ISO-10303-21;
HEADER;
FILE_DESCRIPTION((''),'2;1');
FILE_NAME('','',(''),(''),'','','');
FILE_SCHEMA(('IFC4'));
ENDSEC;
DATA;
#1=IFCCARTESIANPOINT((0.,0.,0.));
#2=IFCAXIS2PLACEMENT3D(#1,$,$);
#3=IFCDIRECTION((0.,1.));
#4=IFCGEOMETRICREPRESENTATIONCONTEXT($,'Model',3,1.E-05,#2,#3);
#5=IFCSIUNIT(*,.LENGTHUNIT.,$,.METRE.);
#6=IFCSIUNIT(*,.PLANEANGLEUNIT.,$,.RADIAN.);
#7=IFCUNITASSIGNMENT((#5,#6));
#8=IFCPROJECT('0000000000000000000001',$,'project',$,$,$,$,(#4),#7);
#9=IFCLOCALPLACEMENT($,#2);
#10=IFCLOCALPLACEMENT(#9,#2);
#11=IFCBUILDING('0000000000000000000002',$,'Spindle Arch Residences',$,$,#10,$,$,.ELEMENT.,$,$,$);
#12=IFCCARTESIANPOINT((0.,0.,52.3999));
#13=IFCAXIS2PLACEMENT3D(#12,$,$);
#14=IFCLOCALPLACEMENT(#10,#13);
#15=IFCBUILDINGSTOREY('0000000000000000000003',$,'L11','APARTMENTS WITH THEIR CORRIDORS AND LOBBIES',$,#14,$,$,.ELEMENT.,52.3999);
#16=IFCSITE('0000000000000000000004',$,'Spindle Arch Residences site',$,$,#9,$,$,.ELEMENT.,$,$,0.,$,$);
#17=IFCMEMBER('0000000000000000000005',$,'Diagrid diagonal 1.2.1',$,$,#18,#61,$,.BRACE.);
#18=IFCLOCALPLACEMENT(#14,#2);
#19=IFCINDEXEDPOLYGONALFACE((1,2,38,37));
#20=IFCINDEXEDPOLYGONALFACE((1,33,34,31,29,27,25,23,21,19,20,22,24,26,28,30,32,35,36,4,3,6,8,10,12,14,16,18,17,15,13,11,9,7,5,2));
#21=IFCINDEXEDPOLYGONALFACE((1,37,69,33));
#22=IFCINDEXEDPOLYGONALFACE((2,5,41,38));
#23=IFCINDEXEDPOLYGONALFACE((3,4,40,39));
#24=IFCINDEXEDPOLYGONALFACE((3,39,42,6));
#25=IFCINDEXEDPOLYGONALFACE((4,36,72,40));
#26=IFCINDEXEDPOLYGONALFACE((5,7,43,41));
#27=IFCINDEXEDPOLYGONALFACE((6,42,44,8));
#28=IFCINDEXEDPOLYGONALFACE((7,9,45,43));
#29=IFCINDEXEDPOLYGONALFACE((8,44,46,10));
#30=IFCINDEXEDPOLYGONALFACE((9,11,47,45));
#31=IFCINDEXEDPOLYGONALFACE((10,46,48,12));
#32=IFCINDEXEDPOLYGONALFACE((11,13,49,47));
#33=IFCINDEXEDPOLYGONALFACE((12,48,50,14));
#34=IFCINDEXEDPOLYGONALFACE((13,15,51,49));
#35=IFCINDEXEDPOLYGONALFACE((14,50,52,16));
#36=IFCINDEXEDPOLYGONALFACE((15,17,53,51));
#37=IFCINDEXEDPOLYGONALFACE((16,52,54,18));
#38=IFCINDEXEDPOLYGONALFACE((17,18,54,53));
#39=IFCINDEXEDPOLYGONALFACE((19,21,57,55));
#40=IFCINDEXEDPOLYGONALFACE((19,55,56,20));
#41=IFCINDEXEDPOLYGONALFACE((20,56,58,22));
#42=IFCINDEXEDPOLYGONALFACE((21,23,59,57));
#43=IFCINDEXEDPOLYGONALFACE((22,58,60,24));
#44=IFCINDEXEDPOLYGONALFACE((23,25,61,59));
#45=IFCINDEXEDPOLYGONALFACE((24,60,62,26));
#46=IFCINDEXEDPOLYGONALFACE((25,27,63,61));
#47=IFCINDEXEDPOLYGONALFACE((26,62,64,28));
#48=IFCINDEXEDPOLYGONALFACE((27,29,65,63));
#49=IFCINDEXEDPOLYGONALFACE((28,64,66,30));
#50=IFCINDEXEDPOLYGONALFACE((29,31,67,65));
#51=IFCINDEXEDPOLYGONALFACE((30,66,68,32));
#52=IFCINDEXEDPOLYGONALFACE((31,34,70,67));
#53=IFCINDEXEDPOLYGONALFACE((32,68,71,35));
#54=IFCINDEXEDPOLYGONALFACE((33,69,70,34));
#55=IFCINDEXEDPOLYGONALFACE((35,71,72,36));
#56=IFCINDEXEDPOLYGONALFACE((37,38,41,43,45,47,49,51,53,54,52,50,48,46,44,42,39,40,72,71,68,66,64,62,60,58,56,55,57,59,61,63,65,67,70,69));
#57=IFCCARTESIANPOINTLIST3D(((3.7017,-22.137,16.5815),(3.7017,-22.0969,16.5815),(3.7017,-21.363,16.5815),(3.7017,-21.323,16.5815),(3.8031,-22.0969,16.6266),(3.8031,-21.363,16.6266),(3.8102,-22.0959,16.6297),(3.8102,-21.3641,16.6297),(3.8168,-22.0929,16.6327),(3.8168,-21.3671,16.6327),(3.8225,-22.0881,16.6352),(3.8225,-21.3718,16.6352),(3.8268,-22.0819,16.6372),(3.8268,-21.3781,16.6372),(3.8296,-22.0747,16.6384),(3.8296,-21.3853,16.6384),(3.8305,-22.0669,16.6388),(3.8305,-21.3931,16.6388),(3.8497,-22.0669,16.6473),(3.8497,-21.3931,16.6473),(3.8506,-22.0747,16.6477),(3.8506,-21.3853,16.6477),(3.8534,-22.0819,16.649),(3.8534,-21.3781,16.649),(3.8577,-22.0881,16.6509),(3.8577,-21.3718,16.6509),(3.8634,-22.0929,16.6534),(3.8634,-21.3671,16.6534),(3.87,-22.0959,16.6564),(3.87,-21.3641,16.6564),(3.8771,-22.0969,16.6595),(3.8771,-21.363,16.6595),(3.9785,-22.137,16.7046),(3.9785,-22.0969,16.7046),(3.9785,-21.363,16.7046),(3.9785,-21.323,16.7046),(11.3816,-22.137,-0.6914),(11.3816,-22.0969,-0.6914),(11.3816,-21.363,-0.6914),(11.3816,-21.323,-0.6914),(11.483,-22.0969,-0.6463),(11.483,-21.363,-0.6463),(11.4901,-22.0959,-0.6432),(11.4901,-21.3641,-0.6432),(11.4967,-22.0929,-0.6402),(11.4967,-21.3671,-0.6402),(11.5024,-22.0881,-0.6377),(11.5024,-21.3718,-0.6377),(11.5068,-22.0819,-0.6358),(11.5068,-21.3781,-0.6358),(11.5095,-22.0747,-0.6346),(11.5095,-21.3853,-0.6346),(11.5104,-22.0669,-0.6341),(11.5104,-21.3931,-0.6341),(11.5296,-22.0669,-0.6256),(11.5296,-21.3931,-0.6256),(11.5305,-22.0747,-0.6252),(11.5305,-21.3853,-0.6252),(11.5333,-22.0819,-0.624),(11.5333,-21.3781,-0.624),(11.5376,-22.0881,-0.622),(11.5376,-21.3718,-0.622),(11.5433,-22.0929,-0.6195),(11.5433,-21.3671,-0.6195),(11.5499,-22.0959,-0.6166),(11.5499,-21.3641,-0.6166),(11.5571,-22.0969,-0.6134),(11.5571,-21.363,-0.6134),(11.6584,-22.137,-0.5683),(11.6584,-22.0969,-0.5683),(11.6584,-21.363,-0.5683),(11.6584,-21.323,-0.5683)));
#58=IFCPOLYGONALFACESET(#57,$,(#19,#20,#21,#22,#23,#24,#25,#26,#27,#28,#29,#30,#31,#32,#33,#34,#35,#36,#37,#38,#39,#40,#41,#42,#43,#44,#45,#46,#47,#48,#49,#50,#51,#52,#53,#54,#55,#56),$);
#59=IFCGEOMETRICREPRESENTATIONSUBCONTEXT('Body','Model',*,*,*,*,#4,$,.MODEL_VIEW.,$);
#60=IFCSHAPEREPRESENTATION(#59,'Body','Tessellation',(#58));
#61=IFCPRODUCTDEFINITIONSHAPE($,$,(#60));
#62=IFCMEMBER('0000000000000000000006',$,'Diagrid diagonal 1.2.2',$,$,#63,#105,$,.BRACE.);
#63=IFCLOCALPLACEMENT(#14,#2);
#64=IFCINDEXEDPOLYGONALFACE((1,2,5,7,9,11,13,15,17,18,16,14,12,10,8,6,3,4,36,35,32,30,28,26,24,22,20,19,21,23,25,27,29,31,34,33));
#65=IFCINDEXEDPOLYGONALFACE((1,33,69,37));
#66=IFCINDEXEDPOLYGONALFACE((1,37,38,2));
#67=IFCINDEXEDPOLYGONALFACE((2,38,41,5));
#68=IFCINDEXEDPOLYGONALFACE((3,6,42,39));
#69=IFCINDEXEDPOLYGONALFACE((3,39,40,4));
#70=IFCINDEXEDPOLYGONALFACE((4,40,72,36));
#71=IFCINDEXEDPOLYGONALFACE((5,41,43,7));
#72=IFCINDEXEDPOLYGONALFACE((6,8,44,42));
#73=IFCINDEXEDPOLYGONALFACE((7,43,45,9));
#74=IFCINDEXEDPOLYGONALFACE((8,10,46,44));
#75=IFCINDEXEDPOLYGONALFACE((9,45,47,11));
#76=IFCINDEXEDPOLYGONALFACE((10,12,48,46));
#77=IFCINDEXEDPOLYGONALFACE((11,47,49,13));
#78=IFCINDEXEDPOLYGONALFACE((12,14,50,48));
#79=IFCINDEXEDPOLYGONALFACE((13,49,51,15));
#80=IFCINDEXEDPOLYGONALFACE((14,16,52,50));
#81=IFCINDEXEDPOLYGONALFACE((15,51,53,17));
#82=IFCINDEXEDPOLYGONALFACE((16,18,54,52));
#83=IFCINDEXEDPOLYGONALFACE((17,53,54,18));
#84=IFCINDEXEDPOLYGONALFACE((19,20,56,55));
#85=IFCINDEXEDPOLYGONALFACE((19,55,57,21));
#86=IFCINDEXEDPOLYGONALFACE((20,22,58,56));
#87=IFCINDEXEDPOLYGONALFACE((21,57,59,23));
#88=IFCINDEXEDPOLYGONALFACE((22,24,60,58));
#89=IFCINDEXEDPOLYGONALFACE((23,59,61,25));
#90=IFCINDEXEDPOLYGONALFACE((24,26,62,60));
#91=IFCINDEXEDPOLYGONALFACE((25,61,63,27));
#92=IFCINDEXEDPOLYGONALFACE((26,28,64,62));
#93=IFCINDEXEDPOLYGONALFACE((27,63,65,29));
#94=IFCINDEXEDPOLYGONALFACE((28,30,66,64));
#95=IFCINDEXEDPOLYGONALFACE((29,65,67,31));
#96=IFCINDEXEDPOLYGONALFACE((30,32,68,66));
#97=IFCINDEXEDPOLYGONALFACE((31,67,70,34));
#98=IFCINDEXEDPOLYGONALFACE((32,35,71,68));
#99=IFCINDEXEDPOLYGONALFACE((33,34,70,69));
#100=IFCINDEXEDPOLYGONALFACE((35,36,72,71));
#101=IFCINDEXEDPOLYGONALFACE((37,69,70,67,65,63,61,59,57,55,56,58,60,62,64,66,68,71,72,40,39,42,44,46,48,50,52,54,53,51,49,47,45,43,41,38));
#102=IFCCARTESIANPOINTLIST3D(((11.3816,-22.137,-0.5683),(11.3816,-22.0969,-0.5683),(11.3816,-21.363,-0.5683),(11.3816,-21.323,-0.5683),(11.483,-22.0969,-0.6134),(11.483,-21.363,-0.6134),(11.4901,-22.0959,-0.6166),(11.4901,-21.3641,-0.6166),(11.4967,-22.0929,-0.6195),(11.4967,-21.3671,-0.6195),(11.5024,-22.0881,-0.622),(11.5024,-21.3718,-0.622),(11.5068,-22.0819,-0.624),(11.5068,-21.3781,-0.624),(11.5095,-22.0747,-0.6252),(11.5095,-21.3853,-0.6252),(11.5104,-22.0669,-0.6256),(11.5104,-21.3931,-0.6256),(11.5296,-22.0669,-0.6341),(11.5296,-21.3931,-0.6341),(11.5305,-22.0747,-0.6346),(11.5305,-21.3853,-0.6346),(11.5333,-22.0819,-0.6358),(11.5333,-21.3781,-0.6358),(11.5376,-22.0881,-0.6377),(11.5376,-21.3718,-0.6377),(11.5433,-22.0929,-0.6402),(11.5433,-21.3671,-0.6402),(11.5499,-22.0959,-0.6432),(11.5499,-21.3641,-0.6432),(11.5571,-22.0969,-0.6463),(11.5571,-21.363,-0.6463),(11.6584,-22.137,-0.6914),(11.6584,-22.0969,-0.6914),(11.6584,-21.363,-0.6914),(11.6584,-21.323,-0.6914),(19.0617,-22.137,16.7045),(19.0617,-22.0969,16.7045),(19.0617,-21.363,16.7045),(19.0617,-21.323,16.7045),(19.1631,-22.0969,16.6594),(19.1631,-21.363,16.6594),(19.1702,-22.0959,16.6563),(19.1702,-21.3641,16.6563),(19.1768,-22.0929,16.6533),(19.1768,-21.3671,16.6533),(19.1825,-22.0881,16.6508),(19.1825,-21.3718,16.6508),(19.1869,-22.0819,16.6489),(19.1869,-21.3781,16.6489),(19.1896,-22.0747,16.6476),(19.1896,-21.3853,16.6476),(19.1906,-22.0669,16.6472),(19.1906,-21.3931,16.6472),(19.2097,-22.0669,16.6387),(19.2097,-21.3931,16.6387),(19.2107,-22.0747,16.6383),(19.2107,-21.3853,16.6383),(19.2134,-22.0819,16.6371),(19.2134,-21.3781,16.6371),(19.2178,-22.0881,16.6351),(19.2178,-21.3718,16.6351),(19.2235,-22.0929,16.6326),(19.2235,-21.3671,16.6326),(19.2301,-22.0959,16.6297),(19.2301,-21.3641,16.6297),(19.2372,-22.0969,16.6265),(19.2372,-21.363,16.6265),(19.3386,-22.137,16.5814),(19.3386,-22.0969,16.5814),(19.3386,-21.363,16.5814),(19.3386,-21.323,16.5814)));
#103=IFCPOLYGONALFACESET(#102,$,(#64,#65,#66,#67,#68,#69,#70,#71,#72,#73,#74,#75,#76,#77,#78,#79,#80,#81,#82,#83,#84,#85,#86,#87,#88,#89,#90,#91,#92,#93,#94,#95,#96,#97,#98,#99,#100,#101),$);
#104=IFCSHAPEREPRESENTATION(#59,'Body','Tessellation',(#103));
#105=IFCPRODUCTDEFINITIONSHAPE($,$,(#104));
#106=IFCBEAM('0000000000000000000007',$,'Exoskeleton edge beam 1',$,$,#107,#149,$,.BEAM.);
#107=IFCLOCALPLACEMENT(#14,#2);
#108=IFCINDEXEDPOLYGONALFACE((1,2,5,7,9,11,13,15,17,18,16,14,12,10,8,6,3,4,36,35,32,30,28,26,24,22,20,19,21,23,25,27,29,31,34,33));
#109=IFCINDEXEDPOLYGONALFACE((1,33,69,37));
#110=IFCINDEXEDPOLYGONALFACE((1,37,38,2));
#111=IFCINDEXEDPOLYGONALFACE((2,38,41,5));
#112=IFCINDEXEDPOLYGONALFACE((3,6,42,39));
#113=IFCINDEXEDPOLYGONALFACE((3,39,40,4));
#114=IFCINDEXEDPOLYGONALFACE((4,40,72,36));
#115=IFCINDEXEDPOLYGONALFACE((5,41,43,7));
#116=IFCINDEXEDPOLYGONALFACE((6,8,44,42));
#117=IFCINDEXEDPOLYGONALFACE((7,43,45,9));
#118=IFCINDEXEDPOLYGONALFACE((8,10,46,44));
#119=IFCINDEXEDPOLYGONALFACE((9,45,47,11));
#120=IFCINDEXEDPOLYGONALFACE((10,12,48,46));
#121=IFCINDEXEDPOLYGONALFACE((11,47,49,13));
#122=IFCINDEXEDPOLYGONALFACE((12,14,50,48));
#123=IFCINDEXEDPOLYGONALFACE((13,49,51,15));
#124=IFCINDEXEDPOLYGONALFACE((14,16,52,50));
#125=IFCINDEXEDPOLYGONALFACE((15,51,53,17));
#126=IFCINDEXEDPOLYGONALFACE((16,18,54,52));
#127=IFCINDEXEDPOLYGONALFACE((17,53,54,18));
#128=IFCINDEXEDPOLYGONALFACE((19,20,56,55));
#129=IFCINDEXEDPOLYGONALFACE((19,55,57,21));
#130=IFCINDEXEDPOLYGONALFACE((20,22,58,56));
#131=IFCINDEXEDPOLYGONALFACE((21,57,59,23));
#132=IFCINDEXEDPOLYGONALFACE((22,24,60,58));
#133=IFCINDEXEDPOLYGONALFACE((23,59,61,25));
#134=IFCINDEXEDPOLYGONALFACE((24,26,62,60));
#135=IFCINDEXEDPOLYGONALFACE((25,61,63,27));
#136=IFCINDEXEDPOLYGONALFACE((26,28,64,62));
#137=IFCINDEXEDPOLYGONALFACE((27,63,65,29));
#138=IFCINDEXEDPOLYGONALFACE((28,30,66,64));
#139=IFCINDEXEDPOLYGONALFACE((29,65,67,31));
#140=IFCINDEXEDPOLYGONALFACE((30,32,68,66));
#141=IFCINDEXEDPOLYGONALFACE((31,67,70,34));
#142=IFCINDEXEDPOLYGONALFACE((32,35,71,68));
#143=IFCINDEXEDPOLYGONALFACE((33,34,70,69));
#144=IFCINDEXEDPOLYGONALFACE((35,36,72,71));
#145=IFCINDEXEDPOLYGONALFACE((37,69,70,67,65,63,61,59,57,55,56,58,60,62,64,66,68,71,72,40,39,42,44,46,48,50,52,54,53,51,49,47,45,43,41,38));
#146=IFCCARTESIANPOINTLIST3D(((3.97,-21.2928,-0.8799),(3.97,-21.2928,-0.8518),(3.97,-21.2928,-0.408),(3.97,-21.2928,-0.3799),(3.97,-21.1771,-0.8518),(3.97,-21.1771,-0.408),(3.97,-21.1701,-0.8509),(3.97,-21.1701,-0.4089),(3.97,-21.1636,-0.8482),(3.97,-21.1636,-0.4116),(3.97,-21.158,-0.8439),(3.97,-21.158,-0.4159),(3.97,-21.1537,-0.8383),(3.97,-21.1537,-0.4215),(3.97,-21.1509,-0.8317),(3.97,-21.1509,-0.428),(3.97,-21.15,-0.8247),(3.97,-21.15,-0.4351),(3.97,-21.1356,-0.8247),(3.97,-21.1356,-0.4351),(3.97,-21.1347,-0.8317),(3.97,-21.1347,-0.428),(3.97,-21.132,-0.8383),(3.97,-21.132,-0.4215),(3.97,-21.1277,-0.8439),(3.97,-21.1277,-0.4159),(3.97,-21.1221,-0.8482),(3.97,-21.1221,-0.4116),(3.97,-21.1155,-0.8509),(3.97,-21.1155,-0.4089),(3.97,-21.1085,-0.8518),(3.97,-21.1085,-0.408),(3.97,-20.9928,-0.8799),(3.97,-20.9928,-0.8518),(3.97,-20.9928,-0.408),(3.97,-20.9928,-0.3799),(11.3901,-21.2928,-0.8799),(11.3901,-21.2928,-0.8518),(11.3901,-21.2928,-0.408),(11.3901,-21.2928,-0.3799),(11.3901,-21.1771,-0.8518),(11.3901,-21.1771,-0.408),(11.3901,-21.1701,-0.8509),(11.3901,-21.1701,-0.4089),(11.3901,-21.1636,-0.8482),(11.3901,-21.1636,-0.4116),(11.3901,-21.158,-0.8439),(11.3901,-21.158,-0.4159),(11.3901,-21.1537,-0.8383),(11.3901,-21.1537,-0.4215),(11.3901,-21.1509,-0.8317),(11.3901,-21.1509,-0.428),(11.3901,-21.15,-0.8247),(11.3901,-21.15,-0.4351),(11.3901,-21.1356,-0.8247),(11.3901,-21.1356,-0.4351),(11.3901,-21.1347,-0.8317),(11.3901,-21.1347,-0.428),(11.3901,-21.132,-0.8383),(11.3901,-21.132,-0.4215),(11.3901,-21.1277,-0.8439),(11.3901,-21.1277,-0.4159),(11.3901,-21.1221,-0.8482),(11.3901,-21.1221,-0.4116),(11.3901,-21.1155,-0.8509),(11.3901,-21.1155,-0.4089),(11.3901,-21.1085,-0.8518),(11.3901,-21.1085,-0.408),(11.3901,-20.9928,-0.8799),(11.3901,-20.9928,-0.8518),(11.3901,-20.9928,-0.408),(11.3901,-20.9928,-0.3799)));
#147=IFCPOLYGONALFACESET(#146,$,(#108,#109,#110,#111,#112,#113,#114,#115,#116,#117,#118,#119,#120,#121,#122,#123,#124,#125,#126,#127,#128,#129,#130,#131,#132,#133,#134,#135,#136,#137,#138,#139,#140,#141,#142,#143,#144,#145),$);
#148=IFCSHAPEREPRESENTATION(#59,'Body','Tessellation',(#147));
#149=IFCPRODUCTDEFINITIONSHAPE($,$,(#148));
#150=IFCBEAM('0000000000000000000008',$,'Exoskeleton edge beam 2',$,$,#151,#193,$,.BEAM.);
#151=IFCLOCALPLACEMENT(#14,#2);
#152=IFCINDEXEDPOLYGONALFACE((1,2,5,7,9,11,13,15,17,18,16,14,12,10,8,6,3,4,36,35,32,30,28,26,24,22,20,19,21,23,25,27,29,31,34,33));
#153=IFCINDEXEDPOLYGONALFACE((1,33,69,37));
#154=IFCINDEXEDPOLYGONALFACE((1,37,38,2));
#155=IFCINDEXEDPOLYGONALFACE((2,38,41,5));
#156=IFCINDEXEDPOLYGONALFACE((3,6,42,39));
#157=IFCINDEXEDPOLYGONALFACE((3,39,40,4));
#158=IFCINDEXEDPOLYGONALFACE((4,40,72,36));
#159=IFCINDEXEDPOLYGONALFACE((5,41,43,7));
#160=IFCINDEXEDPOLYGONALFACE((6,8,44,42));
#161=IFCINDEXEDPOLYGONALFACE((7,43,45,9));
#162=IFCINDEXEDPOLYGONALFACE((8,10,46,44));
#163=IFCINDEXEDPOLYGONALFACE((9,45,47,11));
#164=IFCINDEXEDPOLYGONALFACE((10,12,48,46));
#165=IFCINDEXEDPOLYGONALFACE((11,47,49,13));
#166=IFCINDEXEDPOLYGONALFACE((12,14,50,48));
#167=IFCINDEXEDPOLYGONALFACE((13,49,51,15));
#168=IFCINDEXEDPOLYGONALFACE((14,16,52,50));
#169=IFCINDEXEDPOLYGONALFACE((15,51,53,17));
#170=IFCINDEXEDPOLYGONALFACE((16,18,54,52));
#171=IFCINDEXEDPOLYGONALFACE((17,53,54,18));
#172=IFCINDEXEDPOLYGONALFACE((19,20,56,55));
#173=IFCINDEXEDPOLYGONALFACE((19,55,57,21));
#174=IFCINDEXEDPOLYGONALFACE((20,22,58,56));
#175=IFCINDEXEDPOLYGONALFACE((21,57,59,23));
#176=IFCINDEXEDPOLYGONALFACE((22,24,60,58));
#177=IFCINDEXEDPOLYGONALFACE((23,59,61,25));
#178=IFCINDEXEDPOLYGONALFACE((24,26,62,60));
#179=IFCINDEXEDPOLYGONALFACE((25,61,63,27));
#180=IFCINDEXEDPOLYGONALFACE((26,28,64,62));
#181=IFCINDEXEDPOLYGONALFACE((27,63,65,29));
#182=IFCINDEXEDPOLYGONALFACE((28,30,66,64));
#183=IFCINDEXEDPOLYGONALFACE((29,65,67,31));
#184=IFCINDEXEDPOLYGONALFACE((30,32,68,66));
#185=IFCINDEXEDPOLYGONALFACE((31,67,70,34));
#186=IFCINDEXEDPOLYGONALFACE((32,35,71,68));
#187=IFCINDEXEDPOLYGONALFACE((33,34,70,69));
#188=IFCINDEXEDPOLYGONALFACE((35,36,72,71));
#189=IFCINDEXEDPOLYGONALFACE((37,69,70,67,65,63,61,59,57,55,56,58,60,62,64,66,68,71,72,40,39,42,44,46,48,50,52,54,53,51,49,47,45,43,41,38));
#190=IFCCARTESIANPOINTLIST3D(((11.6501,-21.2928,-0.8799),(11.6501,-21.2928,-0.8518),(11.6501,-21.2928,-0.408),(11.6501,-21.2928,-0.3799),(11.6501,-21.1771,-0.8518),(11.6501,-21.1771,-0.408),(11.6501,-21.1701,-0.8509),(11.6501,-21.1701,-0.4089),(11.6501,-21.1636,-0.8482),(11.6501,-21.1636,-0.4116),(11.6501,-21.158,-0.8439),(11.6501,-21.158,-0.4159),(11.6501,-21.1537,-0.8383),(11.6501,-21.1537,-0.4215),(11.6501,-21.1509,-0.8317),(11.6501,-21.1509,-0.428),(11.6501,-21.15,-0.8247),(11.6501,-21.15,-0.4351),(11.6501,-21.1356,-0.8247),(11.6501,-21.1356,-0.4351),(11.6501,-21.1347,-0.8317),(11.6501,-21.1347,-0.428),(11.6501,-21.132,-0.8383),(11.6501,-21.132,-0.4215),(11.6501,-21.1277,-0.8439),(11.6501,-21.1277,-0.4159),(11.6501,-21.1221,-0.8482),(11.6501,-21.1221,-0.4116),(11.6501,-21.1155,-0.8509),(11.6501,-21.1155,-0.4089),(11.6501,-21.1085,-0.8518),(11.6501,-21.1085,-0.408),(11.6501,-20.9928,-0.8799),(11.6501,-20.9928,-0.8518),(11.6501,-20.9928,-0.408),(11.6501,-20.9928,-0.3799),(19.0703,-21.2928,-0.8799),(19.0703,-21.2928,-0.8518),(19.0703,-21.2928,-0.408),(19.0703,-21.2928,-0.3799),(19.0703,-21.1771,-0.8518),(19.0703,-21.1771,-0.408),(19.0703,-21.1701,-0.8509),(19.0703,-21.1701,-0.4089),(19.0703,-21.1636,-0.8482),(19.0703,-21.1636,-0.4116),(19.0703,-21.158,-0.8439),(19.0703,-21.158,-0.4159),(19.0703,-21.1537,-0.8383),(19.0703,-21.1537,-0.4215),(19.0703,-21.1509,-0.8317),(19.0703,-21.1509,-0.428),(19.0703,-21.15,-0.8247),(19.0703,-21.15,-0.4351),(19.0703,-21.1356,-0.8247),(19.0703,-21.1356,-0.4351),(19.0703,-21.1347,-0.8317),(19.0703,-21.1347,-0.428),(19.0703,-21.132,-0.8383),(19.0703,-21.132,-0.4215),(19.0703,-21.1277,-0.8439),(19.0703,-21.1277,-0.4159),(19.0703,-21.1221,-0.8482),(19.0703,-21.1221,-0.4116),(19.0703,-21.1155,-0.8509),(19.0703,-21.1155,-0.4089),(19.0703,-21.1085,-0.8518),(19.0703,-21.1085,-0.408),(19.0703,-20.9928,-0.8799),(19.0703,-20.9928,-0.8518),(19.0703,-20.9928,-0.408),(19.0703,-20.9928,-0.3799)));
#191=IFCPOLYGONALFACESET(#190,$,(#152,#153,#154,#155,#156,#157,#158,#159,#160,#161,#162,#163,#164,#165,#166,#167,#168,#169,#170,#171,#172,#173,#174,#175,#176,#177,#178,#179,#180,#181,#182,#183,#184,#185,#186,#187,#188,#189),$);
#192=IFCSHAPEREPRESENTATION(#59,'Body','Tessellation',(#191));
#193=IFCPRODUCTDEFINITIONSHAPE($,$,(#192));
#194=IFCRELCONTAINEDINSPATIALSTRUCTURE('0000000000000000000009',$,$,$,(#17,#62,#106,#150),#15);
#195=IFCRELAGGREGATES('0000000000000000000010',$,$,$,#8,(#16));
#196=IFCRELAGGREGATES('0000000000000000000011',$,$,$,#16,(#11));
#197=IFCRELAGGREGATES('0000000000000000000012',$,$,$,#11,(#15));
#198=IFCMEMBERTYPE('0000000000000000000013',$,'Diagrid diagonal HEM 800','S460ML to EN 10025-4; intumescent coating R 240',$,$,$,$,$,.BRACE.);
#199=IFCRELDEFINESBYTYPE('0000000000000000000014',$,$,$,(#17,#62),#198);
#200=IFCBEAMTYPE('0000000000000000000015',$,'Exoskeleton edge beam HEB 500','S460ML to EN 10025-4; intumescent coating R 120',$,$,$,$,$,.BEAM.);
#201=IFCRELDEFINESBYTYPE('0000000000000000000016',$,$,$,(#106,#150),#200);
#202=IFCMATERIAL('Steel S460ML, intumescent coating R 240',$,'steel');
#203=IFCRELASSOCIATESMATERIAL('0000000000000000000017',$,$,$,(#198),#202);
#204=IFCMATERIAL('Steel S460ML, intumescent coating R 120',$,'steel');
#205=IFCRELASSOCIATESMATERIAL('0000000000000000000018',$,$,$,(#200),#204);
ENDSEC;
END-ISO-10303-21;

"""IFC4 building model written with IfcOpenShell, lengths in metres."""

from ifc_helpers import new_model, si_unit, direction, frame, origin, origin_2d, place, context, subcontext, project, spatial, i_section, extrude, material, material_profile, profile_set, type_object, element, save


model = new_model("IFC4")

# Units and contexts
model_context = context("Model", 3, precision=1e-05, world=origin(), true_north=direction((0.0, 1.0)))
body_context = subcontext(model_context, "Body", "Model", "MODEL_VIEW")
ifc_project = project(units=[si_unit("LENGTHUNIT", "METRE"), si_unit("PLANEANGLEUNIT", "RADIAN")], contexts=[model_context])

# Site, building, storey
site_placement = place(None, origin())
site = spatial("IfcSite", under=ifc_project, at=site_placement, Name="Spindle Arch Residences site", CompositionType="ELEMENT", RefElevation=0.0)
building_placement = place(site_placement, origin())
building = spatial("IfcBuilding", under=site, at=building_placement, Name="Spindle Arch Residences", CompositionType="ELEMENT")
storey_placement = place(building_placement, frame((0.0, 0.0, 52.3999)))
storey = spatial("IfcBuildingStorey", under=building, at=storey_placement, Name="L11", Description="APARTMENTS WITH THEIR CORRIDORS AND LOBBIES", CompositionType="ELEMENT", Elevation=52.3999)

# Members
ifc_material_1 = material(Name="Steel S460ML, intumescent coating R 240", Category="steel")
ifc_material_profile_1 = material_profile(ifc_material_1, i_section(OverallWidth=0.303, OverallDepth=0.814, WebThickness=0.021, FlangeThickness=0.04, FilletRadius=0.03, at=origin_2d()), Name="HEM 800")
ifc_profile_set_1 = profile_set([ifc_material_profile_1], Name="Steel S460ML, intumescent coating R 240")
member_type_1 = type_object("IfcMemberType", Name="Diagrid diagonal HEM 800", Description="S460ML to EN 10025-4; intumescent coating R 240", PredefinedType="BRACE", material=ifc_profile_set_1)
for number, where, z_axis, x_axis, name in (
    (1, (11.52, -21.73, -0.6299), (-0.406274, 0.0, 0.913751), (0.913751, 0.0, 0.406274), "Diagrid diagonal 1.2.1"),
    (2, (11.52, -21.73, -0.6299), (0.406285, 0.0, 0.913747), (-0.913747, 0.0, 0.406285), "Diagrid diagonal 1.2.2"),
):
    element("IfcMember", number, at=place(storey_placement, frame(where, z_axis=z_axis, x_axis=x_axis)), inside=storey, type_object=member_type_1, Name=name, PredefinedType="BRACE", context=body_context, shape_type="SweptSolid", body=[
        extrude(i_section(OverallWidth=0.303, OverallDepth=0.814, WebThickness=0.021, FlangeThickness=0.04, FilletRadius=0.03, at=origin_2d()), origin(), (0.0, 0.0, 1.0), 18.9033),
    ])

# Beams
ifc_material_2 = material(Name="Steel S460ML, intumescent coating R 120", Category="steel")
ifc_material_profile_2 = material_profile(ifc_material_2, i_section(OverallWidth=0.3, OverallDepth=0.5, WebThickness=0.0144, FlangeThickness=0.0281, FilletRadius=0.0271, at=origin_2d()), Name="HEB 500")
ifc_profile_set_2 = profile_set([ifc_material_profile_2], Name="Steel S460ML, intumescent coating R 120")
beam_type_1 = type_object("IfcBeamType", Name="Exoskeleton edge beam HEB 500", Description="S460ML to EN 10025-4; intumescent coating R 120", PredefinedType="BEAM", material=ifc_profile_set_2)
for number, where, z_axis, x_axis, name in (
    (3, (3.97, -21.1428, -0.6299), (1.0, 0.0, 0.0), (0.0, 1.0, 0.0), "Exoskeleton edge beam 1"),
    (4, (11.6501, -21.1428, -0.6299), (1.0, 0.0, 0.0), (0.0, 1.0, 0.0), "Exoskeleton edge beam 2"),
):
    element("IfcBeam", number, at=place(storey_placement, frame(where, z_axis=z_axis, x_axis=x_axis)), inside=storey, type_object=beam_type_1, Name=name, PredefinedType="BEAM", context=body_context, shape_type="SweptSolid", body=[
        extrude(i_section(OverallWidth=0.3, OverallDepth=0.5, WebThickness=0.0144, FlangeThickness=0.0281, FilletRadius=0.0271, at=origin_2d()), origin(), (0.0, 0.0, 1.0), 7.4202),
    ])

save(model, "model.ifc")
